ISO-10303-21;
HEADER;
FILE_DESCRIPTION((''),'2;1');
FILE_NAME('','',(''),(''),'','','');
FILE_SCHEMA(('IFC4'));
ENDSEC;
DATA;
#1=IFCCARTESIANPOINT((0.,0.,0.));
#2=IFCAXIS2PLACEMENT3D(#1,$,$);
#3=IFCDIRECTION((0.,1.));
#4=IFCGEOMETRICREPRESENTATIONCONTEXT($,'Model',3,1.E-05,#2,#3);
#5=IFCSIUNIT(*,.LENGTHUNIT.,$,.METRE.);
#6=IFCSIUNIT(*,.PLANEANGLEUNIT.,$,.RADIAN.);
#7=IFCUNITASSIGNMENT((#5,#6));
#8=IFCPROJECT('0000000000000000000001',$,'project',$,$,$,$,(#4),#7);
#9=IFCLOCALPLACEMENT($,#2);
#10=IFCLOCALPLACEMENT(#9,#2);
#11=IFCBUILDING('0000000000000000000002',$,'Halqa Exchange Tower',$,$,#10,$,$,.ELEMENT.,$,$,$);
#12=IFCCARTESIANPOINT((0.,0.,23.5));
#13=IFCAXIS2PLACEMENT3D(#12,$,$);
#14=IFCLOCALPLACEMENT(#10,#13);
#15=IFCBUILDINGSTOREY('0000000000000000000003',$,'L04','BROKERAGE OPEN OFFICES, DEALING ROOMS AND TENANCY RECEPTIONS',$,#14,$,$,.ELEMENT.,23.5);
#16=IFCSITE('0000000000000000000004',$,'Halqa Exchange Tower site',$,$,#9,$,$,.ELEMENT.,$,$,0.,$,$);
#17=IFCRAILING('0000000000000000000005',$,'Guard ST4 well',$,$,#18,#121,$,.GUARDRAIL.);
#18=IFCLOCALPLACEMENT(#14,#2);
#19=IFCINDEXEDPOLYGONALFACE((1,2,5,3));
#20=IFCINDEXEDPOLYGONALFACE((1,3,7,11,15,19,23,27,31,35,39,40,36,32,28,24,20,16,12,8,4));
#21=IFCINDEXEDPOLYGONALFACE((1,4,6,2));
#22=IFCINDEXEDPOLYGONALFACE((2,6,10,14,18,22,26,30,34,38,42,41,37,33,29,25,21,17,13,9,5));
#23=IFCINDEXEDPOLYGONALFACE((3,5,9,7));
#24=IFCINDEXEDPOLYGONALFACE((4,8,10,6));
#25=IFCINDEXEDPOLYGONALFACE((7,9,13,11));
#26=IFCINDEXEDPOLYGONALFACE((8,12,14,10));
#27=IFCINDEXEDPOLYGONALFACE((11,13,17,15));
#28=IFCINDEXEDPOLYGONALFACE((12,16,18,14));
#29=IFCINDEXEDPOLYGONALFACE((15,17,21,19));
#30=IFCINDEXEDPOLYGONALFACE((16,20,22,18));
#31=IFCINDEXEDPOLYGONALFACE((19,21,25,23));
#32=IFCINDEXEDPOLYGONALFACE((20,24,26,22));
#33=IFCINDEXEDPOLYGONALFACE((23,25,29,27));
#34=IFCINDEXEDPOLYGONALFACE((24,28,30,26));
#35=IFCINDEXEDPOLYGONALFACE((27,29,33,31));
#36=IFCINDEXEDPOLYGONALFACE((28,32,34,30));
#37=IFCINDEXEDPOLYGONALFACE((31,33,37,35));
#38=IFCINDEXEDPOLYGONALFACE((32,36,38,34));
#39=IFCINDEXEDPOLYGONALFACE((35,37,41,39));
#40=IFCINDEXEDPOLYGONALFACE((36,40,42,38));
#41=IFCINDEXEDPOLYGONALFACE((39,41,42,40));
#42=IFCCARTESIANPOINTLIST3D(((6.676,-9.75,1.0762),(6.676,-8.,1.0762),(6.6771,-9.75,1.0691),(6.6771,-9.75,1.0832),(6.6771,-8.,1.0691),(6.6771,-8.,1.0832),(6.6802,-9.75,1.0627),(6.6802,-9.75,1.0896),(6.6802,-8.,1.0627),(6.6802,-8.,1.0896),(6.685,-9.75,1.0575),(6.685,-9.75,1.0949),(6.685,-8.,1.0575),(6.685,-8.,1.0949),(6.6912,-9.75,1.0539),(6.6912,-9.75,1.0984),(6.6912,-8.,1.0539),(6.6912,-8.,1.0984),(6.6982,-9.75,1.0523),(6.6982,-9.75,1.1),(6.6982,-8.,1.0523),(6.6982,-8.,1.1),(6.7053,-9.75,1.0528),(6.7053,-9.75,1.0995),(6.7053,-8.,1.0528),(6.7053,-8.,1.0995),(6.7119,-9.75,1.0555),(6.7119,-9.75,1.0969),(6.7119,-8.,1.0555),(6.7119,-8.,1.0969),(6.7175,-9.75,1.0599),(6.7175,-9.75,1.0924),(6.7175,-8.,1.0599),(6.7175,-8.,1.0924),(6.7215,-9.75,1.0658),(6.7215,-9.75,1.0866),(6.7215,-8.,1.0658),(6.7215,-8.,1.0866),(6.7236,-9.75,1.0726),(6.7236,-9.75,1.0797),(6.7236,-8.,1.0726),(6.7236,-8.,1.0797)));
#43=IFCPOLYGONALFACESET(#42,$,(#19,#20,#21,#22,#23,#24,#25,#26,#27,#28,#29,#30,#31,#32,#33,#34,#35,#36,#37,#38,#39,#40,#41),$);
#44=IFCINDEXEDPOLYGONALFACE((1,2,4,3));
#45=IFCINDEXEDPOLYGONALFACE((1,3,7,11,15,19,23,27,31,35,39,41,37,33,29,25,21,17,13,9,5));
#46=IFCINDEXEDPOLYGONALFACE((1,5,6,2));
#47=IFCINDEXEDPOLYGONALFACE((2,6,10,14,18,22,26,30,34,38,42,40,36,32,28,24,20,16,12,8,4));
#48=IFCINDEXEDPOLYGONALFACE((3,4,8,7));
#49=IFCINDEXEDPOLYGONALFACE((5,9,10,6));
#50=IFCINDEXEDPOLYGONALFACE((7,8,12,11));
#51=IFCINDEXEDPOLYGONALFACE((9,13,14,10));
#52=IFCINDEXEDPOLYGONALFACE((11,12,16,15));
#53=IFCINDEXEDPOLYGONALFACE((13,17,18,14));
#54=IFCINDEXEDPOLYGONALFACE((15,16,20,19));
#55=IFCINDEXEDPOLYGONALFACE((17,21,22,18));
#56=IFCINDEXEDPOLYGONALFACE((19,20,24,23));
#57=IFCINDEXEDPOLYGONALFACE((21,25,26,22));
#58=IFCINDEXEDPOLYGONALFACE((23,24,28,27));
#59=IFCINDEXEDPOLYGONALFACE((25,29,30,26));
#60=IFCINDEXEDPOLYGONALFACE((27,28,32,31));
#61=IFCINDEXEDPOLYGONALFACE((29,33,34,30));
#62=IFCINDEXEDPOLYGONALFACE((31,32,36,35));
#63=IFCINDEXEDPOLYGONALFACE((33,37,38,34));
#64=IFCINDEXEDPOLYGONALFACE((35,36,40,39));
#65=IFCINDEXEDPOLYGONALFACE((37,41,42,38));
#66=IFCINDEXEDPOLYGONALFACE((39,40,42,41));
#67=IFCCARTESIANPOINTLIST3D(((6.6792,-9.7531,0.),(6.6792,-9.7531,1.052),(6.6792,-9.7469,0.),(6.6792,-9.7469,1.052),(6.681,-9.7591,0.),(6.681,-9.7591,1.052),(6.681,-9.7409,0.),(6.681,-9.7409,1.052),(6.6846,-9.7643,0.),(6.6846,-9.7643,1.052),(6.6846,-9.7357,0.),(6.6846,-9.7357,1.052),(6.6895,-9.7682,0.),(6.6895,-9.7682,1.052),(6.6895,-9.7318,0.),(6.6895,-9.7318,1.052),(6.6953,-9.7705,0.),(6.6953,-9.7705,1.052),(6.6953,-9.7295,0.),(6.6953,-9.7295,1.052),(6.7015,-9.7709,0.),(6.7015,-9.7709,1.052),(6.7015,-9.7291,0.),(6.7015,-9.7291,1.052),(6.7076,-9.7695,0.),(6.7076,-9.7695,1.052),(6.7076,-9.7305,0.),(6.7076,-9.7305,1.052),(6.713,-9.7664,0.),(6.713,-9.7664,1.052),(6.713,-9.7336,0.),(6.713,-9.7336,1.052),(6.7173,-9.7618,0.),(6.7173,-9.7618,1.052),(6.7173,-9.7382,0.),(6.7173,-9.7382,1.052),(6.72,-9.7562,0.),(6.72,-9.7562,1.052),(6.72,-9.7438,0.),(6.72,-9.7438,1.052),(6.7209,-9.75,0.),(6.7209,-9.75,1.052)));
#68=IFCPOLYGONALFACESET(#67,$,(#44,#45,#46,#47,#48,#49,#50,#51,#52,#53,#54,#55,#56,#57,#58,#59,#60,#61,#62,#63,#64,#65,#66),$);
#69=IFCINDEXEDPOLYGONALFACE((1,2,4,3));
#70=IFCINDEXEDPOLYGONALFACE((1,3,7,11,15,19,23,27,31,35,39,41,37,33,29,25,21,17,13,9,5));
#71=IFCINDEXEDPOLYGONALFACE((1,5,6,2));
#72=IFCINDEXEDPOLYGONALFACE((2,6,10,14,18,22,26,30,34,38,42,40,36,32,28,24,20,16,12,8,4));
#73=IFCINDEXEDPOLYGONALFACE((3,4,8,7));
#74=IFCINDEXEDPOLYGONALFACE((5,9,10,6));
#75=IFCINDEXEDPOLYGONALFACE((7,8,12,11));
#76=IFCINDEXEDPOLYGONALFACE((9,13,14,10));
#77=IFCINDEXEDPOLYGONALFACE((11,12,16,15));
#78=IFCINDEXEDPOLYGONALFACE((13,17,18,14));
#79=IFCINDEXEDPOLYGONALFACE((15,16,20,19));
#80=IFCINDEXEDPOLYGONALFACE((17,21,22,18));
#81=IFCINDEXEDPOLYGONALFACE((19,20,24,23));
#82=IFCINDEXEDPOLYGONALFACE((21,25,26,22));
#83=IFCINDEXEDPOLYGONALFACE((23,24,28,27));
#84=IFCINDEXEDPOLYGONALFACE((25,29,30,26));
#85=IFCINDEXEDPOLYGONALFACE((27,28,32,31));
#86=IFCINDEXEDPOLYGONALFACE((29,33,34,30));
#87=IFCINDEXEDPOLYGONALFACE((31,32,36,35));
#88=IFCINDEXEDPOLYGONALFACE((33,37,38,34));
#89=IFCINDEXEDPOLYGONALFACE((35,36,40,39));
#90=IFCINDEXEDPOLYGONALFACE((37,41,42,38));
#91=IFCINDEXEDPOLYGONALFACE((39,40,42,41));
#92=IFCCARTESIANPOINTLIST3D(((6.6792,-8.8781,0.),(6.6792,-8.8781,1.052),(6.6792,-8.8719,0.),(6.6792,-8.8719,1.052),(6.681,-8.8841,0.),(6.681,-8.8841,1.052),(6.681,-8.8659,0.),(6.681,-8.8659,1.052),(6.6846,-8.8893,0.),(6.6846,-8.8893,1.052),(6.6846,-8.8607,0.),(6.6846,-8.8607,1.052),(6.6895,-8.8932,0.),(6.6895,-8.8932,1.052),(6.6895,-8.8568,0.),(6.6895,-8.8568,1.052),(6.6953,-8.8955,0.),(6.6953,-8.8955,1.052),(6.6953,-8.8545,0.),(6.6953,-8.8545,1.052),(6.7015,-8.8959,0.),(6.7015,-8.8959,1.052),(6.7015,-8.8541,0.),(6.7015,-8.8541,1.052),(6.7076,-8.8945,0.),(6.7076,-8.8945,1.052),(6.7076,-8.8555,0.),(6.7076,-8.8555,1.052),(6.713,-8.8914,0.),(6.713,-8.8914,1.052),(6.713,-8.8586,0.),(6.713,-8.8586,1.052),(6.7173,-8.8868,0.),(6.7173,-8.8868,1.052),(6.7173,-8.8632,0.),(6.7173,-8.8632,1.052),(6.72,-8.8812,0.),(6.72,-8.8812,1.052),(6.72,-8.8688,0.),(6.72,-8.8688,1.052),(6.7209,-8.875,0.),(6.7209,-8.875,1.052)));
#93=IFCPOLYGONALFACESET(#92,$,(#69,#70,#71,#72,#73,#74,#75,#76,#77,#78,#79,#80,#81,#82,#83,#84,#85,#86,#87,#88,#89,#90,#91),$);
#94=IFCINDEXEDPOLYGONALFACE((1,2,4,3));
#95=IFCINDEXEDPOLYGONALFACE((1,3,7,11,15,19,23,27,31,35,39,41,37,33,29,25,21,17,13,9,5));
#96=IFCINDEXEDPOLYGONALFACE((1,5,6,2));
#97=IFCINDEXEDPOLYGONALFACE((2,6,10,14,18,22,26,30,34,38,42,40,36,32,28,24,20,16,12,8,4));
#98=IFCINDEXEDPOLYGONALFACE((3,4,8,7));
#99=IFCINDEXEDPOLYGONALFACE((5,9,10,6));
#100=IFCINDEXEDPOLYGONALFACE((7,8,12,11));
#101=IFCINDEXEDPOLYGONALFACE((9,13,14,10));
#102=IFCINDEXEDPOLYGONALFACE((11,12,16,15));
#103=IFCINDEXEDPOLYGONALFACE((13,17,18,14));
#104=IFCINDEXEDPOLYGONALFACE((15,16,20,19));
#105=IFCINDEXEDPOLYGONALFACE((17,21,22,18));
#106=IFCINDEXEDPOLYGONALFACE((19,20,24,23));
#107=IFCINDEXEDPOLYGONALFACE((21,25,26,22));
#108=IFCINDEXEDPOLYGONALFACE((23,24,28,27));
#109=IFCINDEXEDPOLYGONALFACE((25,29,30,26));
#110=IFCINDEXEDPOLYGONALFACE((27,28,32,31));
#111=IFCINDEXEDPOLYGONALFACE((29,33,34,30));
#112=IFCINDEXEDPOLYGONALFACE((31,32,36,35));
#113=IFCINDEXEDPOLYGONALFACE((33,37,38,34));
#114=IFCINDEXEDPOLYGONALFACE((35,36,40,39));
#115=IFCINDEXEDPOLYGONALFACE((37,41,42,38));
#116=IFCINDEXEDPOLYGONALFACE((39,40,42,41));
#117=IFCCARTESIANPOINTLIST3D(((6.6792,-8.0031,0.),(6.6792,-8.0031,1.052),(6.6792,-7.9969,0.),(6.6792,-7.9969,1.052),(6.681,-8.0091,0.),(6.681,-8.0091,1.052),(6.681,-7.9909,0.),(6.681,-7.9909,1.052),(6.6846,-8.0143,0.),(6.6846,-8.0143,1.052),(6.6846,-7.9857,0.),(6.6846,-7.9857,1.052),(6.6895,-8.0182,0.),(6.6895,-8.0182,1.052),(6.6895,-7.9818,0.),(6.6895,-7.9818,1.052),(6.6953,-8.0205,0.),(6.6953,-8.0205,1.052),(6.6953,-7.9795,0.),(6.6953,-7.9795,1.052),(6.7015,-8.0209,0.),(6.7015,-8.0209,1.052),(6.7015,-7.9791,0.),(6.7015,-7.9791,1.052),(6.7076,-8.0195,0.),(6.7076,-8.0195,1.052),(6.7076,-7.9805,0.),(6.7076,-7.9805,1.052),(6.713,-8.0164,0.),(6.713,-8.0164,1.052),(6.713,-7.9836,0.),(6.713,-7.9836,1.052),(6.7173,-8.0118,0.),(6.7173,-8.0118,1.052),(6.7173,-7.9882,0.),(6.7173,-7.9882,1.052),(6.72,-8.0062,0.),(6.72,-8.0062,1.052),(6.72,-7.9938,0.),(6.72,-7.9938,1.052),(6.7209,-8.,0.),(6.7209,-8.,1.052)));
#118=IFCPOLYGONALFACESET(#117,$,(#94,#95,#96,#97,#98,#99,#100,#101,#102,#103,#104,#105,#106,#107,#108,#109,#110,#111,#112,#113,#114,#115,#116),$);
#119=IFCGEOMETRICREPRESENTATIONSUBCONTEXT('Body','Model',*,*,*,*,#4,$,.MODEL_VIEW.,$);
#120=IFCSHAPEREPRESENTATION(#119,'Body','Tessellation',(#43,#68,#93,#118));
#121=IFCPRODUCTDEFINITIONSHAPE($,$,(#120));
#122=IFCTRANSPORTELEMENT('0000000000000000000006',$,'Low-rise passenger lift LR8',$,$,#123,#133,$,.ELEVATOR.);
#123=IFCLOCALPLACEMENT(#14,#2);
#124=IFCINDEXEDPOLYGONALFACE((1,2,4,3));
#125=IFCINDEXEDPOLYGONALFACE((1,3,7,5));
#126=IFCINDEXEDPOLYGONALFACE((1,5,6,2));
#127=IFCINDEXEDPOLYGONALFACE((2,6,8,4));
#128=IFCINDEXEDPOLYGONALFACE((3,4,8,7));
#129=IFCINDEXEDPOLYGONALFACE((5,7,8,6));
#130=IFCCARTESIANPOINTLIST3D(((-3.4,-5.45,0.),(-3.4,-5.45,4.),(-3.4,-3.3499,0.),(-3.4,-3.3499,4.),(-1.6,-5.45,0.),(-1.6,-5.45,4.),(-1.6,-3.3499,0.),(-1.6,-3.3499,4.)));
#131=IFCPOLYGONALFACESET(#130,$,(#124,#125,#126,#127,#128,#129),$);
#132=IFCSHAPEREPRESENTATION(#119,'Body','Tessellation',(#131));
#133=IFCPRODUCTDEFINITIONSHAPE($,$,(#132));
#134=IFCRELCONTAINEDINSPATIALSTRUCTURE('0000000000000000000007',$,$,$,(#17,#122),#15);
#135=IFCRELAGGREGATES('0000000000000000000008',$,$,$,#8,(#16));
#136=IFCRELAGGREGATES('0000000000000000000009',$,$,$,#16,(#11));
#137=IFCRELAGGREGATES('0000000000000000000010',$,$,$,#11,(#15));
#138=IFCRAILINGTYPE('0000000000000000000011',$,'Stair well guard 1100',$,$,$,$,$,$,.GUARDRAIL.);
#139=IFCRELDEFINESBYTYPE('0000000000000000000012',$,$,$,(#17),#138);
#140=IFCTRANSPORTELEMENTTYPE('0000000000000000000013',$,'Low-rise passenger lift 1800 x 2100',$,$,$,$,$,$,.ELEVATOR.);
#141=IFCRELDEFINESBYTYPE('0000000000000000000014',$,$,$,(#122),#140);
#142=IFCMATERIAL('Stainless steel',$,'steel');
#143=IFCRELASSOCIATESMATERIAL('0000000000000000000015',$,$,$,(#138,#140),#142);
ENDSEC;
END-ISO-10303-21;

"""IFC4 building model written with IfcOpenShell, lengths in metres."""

from ifc_helpers import new_model, si_unit, direction, frame, origin, origin_2d, place, context, subcontext, project, spatial, rectangle, circle, extrude, material, type_object, element, save


model = new_model("IFC4")

# Units and contexts
model_context = context("Model", 3, precision=1e-05, world=origin(), true_north=direction((0.0, 1.0)))
body_context = subcontext(model_context, "Body", "Model", "MODEL_VIEW")
ifc_project = project(units=[si_unit("LENGTHUNIT", "METRE"), si_unit("PLANEANGLEUNIT", "RADIAN")], contexts=[model_context])

# Site, building, storey
site_placement = place(None, origin())
site = spatial("IfcSite", under=ifc_project, at=site_placement, Name="Halqa Exchange Tower site", CompositionType="ELEMENT", RefElevation=0.0)
building_placement = place(site_placement, origin())
building = spatial("IfcBuilding", under=site, at=building_placement, Name="Halqa Exchange Tower", CompositionType="ELEMENT")
storey_placement = place(building_placement, frame((0.0, 0.0, 23.5)))
storey = spatial("IfcBuildingStorey", under=building, at=storey_placement, Name="L04", Description="BROKERAGE OPEN OFFICES, DEALING ROOMS AND TENANCY RECEPTIONS", CompositionType="ELEMENT", Elevation=23.5)

# Railing
ifc_material_1 = material(Name="Stainless steel", Category="steel")
railing_type_1 = type_object("IfcRailingType", Name="Stair well guard 1100", PredefinedType="GUARDRAIL", material=ifc_material_1)
railing_1_placement = place(storey_placement, frame((6.7, -9.75, 0.0)))
element("IfcRailing", 1, at=railing_1_placement, inside=storey, type_object=railing_type_1, Name="Guard ST4 well", PredefinedType="GUARDRAIL", context=body_context, shape_type="SweptSolid", body=[
    extrude(circle(Radius=0.0239, at=origin_2d()), frame((0.0, 0.0, 1.0762), z_axis=(0.0, 1.0, 0.0), x_axis=(-1.0, 0.0, 0.0)), (0.0, 0.0, 1.0), 1.75),
    extrude(circle(Radius=0.021, at=origin_2d()), origin(), (0.0, 0.0, 1.0), 1.052),
    extrude(circle(Radius=0.021, at=origin_2d()), frame((0.0, 0.875, 0.0)), (0.0, 0.0, 1.0), 1.052),
    extrude(circle(Radius=0.021, at=origin_2d()), frame((0.0, 1.75, 0.0)), (0.0, 0.0, 1.0), 1.052),
])

# Transport element
transport_element_type = type_object("IfcTransportElementType", Name="Low-rise passenger lift 1800 x 2100", PredefinedType="ELEVATOR", material=ifc_material_1)
transport_element_placement = place(storey_placement, frame((-2.5, -4.3999, 0.0), z_axis=(0.0, 0.0, 1.0), x_axis=(1.0, 0.0, 0.0)))
element("IfcTransportElement", 2, at=transport_element_placement, inside=storey, type_object=transport_element_type, Name="Low-rise passenger lift LR8", PredefinedType="ELEVATOR", context=body_context, shape_type="SweptSolid", body=[
    extrude(rectangle(XDim=1.8, YDim=2.1001, at=origin_2d()), origin(), (0.0, 0.0, 1.0), 4.0),
])

save(model, "model.ifc")
